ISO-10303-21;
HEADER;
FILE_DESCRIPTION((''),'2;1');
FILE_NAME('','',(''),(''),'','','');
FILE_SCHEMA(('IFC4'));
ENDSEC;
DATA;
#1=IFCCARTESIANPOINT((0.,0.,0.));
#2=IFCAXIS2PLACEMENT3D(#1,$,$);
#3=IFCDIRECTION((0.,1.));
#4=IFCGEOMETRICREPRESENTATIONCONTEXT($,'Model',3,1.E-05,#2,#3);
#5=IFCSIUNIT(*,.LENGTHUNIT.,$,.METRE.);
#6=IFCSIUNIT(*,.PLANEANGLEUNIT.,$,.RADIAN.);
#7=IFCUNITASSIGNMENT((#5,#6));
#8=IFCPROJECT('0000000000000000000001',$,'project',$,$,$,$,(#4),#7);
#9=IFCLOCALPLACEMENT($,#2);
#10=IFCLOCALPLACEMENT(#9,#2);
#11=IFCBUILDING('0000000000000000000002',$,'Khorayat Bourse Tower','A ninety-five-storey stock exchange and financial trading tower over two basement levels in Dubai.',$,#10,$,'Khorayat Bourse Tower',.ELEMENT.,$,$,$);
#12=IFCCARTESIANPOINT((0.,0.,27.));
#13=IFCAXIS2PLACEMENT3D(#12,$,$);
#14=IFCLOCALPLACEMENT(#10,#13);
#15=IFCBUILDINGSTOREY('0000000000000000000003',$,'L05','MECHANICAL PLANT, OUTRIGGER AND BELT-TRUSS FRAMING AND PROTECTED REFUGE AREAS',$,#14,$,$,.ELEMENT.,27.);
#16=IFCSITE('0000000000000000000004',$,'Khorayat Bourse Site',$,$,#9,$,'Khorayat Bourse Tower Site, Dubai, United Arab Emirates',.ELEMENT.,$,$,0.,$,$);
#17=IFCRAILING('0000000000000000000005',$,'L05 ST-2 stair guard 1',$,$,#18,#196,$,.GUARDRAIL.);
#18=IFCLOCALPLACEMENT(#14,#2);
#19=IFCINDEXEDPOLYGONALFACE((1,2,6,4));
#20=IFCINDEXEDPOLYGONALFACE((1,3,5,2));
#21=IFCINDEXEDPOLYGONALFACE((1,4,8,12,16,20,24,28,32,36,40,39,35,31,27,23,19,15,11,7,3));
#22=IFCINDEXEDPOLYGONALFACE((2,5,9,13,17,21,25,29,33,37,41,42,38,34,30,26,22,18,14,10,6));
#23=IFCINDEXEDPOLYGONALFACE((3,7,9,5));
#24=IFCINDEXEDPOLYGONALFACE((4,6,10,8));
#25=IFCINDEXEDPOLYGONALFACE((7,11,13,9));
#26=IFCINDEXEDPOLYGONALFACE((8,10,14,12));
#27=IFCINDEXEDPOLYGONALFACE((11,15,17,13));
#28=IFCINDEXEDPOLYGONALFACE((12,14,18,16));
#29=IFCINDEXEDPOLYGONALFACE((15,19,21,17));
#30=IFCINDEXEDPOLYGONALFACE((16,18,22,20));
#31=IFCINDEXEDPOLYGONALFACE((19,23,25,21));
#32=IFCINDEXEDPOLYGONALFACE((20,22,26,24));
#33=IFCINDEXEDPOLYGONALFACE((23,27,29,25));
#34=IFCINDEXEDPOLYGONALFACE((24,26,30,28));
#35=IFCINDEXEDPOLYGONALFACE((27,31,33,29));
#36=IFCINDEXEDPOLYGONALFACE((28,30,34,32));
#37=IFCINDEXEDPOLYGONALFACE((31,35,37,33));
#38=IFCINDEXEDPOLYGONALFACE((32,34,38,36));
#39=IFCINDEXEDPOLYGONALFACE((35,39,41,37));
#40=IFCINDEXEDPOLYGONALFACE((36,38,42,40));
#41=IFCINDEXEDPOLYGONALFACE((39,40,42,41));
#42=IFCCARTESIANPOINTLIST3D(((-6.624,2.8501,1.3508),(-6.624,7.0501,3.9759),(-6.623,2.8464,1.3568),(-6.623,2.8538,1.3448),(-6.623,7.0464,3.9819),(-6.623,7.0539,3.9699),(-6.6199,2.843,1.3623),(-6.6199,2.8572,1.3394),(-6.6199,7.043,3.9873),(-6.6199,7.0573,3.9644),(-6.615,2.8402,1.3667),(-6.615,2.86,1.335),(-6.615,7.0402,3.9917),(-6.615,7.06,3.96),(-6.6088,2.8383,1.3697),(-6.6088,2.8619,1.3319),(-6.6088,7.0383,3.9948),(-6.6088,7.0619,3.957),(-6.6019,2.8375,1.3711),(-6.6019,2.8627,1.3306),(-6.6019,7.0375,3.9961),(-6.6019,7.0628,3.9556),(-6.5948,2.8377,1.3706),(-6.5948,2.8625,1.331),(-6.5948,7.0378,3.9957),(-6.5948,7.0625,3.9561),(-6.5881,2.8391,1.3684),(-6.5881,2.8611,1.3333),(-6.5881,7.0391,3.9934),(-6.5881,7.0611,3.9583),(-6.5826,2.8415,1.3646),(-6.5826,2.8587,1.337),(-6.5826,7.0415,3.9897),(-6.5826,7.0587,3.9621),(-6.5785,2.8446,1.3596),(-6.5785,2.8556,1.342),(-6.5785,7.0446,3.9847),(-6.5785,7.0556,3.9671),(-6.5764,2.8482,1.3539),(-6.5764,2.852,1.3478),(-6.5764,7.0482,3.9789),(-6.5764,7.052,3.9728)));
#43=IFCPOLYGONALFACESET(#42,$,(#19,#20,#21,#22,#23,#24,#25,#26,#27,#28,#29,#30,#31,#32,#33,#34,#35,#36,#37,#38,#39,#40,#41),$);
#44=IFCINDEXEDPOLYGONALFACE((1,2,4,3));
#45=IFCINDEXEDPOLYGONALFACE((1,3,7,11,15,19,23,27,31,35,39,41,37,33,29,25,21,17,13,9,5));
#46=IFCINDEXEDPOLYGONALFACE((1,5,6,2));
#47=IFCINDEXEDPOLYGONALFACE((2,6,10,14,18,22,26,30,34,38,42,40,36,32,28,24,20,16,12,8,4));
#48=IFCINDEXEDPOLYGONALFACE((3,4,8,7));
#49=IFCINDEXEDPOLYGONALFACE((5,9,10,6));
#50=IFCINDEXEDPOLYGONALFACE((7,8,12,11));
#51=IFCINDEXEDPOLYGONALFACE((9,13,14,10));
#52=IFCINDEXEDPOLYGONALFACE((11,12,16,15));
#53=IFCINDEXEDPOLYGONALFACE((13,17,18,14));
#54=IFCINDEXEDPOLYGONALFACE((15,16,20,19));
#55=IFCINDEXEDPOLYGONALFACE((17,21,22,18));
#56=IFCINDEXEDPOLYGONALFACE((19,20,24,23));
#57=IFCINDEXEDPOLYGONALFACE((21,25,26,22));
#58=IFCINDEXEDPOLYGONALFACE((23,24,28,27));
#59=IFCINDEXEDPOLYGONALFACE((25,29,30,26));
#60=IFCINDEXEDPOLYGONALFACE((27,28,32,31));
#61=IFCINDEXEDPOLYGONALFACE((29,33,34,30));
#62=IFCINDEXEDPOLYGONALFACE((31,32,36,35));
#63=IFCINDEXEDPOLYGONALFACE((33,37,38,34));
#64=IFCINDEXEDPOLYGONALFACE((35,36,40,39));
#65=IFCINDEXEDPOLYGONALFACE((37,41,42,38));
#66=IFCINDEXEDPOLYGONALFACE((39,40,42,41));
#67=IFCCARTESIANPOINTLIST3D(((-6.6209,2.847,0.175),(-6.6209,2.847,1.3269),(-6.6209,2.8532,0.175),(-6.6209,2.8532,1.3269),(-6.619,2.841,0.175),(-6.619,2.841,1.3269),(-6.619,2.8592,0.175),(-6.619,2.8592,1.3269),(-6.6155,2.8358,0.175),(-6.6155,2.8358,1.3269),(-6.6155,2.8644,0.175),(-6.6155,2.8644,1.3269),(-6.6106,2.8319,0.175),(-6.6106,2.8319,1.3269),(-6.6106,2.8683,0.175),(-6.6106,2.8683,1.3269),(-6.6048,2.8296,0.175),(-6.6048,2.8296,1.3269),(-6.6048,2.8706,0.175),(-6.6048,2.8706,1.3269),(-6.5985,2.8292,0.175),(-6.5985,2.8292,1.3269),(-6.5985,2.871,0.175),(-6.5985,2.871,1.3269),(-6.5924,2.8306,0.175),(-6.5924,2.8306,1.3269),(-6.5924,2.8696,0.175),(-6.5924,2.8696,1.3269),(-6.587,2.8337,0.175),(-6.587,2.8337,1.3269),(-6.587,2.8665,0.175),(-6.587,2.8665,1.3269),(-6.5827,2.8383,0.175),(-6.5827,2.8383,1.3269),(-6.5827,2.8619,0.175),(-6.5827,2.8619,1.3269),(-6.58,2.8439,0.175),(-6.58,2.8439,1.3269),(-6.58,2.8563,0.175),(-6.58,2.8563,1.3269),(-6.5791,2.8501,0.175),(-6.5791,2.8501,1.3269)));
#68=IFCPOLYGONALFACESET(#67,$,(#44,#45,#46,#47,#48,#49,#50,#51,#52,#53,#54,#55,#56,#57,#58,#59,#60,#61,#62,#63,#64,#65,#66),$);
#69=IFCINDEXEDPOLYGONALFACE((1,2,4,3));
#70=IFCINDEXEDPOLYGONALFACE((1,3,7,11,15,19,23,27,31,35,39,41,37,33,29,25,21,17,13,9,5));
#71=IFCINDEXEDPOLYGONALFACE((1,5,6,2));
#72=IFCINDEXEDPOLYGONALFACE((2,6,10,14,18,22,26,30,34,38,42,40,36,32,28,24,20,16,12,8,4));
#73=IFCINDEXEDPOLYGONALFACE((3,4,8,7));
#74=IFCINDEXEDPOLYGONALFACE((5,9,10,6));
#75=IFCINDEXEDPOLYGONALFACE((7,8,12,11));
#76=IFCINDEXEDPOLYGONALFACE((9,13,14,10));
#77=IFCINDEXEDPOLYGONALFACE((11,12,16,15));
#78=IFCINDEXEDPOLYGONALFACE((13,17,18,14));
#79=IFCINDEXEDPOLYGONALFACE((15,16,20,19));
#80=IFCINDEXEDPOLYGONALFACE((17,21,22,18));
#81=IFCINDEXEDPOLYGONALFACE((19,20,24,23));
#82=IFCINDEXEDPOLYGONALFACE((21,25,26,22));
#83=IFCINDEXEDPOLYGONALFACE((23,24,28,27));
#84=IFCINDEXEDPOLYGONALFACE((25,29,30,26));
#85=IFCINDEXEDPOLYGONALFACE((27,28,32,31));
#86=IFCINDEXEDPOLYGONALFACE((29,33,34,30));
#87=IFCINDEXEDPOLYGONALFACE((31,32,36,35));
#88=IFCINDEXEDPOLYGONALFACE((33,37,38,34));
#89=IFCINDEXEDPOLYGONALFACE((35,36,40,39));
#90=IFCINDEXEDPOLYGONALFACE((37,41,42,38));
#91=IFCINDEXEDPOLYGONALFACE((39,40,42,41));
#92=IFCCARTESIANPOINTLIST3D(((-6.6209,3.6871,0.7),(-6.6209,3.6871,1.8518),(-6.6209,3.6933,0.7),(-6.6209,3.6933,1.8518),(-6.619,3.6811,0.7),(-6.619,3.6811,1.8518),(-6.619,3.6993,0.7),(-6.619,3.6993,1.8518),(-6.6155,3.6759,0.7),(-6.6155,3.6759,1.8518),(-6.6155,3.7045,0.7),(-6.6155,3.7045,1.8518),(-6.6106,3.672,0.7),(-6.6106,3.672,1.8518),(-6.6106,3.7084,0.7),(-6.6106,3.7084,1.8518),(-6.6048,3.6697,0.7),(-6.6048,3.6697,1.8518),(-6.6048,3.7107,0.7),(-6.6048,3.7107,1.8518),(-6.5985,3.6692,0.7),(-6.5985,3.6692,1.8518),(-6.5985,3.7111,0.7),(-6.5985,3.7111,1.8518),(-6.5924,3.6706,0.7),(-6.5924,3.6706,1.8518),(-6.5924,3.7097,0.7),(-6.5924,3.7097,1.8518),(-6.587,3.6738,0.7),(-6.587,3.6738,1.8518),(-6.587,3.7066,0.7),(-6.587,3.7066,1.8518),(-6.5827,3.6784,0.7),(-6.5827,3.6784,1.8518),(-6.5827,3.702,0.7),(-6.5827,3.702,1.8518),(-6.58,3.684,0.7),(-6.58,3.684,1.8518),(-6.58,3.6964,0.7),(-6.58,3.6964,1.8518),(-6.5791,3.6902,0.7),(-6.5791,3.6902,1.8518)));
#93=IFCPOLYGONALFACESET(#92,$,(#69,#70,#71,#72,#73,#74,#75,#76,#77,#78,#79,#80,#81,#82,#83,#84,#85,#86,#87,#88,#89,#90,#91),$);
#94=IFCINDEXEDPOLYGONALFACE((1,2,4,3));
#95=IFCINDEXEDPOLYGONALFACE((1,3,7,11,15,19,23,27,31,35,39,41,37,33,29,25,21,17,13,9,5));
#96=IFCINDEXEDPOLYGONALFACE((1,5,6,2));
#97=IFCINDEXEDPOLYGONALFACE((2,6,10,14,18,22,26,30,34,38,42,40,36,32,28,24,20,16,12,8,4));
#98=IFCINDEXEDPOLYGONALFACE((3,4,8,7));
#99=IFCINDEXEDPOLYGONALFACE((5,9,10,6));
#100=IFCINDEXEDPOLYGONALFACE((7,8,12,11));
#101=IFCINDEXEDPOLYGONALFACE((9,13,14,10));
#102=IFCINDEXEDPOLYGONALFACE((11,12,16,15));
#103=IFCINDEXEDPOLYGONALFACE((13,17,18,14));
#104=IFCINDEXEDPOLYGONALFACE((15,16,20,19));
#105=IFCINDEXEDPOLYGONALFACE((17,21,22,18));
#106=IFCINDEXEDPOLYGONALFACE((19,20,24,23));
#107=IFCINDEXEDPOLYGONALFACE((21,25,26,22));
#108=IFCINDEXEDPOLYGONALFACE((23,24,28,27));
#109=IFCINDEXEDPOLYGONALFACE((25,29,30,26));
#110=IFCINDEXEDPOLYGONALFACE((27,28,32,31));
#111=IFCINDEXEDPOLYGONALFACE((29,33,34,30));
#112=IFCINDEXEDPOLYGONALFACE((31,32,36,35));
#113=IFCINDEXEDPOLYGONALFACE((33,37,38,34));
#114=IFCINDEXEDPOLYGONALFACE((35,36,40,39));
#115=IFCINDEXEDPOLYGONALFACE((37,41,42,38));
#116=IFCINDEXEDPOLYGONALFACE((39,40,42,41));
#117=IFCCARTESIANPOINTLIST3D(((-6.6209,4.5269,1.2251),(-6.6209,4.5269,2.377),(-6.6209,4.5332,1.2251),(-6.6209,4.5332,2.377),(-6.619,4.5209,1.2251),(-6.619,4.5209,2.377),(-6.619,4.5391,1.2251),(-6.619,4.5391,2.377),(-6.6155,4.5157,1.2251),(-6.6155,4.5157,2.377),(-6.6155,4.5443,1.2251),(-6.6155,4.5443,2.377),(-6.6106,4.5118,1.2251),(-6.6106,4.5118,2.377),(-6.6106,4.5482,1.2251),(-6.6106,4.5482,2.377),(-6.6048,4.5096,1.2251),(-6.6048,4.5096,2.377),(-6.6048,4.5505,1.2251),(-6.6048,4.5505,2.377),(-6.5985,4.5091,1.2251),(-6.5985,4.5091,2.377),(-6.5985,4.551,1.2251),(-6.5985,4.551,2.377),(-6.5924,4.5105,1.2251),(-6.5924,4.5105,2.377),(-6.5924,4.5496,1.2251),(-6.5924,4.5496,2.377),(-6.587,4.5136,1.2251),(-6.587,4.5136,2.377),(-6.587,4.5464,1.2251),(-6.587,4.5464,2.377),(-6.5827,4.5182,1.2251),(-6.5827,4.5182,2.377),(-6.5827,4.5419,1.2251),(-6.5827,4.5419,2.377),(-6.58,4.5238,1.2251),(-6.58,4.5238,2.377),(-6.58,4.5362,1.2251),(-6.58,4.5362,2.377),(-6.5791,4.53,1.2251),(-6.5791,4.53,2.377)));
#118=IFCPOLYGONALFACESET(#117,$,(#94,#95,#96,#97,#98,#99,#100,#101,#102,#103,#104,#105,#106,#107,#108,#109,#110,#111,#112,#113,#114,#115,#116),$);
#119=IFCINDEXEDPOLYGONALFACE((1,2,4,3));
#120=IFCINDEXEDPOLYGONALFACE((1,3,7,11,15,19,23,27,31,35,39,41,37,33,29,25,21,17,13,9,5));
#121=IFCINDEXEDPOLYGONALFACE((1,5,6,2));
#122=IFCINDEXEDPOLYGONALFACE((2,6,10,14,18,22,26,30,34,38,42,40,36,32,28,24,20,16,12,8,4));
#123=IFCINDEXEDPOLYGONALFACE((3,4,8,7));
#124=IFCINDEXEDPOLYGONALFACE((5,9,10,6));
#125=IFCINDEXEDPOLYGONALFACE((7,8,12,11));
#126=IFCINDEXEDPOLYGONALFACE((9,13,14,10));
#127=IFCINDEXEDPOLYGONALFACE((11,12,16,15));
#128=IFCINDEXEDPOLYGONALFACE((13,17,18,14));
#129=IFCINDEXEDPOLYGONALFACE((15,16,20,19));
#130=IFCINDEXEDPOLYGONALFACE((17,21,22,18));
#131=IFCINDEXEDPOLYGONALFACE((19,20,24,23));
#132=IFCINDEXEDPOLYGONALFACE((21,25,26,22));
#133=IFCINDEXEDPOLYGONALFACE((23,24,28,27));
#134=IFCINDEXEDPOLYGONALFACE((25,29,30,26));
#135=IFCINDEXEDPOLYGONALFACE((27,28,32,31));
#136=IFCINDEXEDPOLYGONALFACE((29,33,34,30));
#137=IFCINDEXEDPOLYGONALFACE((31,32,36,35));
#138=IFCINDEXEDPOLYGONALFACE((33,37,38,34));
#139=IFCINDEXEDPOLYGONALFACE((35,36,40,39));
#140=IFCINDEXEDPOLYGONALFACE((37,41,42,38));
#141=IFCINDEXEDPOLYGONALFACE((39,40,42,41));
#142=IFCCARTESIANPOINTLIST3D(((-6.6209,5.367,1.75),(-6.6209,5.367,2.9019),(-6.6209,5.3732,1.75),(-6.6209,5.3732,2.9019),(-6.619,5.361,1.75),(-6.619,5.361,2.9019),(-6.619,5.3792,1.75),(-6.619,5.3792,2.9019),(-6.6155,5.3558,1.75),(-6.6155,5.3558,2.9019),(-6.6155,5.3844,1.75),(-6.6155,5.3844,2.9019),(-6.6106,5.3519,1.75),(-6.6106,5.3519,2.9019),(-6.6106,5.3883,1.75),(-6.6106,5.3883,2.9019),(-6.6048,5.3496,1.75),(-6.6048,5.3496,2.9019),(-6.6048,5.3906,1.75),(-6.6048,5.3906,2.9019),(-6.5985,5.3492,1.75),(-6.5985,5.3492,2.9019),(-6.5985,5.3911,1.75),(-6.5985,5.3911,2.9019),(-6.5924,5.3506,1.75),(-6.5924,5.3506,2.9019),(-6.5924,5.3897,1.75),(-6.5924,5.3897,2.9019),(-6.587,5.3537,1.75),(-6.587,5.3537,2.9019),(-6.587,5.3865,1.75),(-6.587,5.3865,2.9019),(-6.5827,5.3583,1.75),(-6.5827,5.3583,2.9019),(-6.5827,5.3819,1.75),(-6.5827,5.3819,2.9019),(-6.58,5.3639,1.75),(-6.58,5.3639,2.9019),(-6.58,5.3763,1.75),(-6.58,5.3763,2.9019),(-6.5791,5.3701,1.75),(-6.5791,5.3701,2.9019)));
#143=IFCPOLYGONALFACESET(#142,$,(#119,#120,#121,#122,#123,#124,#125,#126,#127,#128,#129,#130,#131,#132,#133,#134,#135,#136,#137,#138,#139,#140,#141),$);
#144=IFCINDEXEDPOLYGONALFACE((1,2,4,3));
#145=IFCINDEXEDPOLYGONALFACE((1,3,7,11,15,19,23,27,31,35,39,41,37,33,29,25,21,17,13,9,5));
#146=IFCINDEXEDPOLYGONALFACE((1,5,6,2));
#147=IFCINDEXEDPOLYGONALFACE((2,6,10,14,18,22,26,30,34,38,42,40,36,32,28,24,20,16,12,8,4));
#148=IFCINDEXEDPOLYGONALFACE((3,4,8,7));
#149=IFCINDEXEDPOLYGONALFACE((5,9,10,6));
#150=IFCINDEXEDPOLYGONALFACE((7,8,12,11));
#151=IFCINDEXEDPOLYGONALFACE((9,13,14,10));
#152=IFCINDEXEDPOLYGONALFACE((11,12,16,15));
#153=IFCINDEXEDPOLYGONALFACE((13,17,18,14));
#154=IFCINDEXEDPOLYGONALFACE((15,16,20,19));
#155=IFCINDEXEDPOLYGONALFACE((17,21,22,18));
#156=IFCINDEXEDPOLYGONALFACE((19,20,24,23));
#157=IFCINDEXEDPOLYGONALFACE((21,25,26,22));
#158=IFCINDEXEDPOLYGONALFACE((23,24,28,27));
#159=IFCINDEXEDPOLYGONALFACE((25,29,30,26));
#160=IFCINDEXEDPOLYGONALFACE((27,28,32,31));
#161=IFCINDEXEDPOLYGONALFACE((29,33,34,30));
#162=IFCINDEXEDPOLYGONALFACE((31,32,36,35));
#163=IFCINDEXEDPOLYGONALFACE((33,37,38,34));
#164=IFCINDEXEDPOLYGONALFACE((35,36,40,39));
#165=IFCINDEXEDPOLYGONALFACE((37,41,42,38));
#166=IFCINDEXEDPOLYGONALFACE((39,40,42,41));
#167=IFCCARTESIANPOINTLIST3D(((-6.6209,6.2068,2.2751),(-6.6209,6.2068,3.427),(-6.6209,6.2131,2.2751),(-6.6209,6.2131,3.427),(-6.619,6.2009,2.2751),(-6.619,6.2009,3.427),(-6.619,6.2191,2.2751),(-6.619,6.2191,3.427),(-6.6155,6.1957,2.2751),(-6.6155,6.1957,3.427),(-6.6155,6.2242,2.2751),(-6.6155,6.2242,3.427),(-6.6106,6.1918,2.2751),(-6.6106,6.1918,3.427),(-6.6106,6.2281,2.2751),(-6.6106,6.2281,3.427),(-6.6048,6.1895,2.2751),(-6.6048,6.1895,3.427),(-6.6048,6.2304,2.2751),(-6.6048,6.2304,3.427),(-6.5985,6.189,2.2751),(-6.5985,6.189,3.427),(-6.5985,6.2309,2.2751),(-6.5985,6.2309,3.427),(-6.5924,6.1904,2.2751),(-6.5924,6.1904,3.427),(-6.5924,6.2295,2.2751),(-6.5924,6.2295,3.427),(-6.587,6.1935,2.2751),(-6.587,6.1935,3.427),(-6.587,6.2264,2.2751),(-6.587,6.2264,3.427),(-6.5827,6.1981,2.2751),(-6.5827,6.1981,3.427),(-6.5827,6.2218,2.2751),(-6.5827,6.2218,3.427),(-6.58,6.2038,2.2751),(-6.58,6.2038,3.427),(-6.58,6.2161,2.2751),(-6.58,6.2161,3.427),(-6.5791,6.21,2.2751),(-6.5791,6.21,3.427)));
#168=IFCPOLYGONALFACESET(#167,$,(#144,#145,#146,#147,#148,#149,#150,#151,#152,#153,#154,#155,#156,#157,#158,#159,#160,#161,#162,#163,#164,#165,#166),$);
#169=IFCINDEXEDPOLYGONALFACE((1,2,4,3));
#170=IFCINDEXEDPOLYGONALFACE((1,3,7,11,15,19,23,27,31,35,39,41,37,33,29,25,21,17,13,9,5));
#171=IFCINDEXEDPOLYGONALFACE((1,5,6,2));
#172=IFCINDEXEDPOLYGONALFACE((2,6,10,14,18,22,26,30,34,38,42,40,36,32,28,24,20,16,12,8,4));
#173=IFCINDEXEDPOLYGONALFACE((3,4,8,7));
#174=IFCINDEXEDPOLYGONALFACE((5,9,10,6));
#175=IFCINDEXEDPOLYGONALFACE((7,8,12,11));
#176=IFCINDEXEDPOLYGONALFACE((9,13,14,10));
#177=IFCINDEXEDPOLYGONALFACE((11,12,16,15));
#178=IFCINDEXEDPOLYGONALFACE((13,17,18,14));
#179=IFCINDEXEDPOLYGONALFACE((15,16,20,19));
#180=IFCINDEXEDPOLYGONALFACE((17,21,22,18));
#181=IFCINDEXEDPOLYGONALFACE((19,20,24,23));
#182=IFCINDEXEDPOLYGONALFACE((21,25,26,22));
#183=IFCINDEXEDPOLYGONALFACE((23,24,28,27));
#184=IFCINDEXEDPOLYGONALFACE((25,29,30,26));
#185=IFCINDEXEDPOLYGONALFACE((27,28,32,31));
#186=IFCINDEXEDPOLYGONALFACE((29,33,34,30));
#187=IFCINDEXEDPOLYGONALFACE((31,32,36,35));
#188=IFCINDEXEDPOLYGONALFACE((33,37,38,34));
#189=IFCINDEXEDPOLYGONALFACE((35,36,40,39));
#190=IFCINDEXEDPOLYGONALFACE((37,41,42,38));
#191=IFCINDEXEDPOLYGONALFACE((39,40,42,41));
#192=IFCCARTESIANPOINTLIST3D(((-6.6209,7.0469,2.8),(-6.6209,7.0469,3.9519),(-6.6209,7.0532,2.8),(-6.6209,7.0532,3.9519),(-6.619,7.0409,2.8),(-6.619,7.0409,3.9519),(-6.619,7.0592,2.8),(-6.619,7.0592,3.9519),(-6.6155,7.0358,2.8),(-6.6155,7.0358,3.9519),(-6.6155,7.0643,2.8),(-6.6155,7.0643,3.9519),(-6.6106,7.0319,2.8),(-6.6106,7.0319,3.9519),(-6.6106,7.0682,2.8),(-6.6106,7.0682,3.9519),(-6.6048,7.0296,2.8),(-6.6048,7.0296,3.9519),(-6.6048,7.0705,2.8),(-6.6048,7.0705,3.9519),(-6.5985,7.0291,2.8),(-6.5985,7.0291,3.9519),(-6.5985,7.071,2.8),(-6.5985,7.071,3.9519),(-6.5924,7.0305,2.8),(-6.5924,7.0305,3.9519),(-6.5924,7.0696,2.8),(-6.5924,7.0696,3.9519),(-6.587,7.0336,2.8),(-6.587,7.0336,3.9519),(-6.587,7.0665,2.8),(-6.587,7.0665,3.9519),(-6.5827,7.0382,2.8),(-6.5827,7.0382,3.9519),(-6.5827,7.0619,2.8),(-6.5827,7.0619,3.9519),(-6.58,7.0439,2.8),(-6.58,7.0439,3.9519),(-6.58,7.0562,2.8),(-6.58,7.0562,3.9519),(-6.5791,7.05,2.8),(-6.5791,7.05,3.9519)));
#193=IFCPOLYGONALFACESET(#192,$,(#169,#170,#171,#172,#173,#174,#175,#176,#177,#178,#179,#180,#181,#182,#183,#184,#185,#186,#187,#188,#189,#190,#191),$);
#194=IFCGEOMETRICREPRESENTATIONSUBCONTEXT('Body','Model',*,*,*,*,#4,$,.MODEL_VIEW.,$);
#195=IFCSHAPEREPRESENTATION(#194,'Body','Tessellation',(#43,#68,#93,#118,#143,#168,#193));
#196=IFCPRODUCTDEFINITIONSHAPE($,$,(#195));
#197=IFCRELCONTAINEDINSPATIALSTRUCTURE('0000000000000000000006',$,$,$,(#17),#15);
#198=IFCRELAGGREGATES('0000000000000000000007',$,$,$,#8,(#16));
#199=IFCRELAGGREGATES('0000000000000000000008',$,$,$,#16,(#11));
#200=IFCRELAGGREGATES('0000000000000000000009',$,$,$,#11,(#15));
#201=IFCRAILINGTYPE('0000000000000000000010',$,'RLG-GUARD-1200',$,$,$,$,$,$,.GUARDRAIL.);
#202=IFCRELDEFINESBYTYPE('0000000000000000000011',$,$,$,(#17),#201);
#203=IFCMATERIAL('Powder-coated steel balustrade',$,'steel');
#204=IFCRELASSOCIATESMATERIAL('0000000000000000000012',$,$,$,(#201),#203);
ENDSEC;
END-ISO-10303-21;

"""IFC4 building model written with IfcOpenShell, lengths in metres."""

from ifc_helpers import new_model, si_unit, direction, frame, origin, origin_2d, place, context, subcontext, project, spatial, circle, extrude, source, transform, mapped, material, type_object, element, save


model = new_model("IFC4")

# Units and contexts
model_context = context("Model", 3, precision=1e-05, world=origin(), true_north=direction((0.0, 1.0)))
body_context = subcontext(model_context, "Body", "Model", "MODEL_VIEW")
ifc_project = project(units=[si_unit("LENGTHUNIT", "METRE"), si_unit("PLANEANGLEUNIT", "RADIAN")], contexts=[model_context])

# Site, building, storey
site_placement = place(None, origin())
site = spatial("IfcSite", under=ifc_project, at=site_placement, Name="Khorayat Bourse Site", LongName="Khorayat Bourse Tower Site, Dubai, United Arab Emirates", CompositionType="ELEMENT", RefElevation=0.0)
building_placement = place(site_placement, origin())
building = spatial("IfcBuilding", under=site, at=building_placement, Name="Khorayat Bourse Tower", Description="A ninety-five-storey stock exchange and financial trading tower over two basement levels in Dubai.", LongName="Khorayat Bourse Tower", CompositionType="ELEMENT")
storey_placement = place(building_placement, frame((0.0, 0.0, 27.0)))
storey = spatial("IfcBuildingStorey", under=building, at=storey_placement, Name="L05", Description="MECHANICAL PLANT, OUTRIGGER AND BELT-TRUSS FRAMING AND PROTECTED REFUGE AREAS", CompositionType="ELEMENT", Elevation=27.0)

# Railing
ifc_material_1 = material(Name="Powder-coated steel balustrade", Category="steel")
railing_type_1 = type_object("IfcRailingType", Name="RLG-GUARD-1200", PredefinedType="GUARDRAIL", material=ifc_material_1)
shared_shape_1 = source(origin(), body_context, "Body", "SweptSolid", [
    extrude(circle(Radius=0.0239, at=origin_2d()), frame((0.0, 0.0, 1.1758), z_axis=(0.0, 0.847996, 0.530003), x_axis=(-1.0, 0.0, 0.0)), (0.0, 0.0, 1.0), 4.9529),
    extrude(circle(Radius=0.021, at=origin_2d()), origin(), (0.0, 0.0, 1.0), 1.1519),
    extrude(circle(Radius=0.021, at=origin_2d()), frame((0.0, 0.8401, 0.5249)), (0.0, 0.0, 1.0), 1.1519),
    extrude(circle(Radius=0.021, at=origin_2d()), frame((0.0, 1.6799, 1.05)), (0.0, 0.0, 1.0), 1.1519),
    extrude(circle(Radius=0.021, at=origin_2d()), frame((0.0, 2.52, 1.575)), (0.0, 0.0, 1.0), 1.1519),
    extrude(circle(Radius=0.021, at=origin_2d()), frame((0.0, 3.3599, 2.1001)), (0.0, 0.0, 1.0), 1.1519),
    extrude(circle(Radius=0.021, at=origin_2d()), frame((0.0, 4.2, 2.625)), (0.0, 0.0, 1.0), 1.1519),
])
railing_1_placement = place(storey_placement, frame((-6.6001, 2.8501, 0.175)))
element("IfcRailing", 1, at=railing_1_placement, inside=storey, type_object=railing_type_1, Name="L05 ST-2 stair guard 1", PredefinedType="GUARDRAIL", context=body_context, shape_type="MappedRepresentation", body=[
    mapped(shared_shape_1, transform((0.0, 0.0, 0.0), scale=1.0)),
])

save(model, "model.ifc")
